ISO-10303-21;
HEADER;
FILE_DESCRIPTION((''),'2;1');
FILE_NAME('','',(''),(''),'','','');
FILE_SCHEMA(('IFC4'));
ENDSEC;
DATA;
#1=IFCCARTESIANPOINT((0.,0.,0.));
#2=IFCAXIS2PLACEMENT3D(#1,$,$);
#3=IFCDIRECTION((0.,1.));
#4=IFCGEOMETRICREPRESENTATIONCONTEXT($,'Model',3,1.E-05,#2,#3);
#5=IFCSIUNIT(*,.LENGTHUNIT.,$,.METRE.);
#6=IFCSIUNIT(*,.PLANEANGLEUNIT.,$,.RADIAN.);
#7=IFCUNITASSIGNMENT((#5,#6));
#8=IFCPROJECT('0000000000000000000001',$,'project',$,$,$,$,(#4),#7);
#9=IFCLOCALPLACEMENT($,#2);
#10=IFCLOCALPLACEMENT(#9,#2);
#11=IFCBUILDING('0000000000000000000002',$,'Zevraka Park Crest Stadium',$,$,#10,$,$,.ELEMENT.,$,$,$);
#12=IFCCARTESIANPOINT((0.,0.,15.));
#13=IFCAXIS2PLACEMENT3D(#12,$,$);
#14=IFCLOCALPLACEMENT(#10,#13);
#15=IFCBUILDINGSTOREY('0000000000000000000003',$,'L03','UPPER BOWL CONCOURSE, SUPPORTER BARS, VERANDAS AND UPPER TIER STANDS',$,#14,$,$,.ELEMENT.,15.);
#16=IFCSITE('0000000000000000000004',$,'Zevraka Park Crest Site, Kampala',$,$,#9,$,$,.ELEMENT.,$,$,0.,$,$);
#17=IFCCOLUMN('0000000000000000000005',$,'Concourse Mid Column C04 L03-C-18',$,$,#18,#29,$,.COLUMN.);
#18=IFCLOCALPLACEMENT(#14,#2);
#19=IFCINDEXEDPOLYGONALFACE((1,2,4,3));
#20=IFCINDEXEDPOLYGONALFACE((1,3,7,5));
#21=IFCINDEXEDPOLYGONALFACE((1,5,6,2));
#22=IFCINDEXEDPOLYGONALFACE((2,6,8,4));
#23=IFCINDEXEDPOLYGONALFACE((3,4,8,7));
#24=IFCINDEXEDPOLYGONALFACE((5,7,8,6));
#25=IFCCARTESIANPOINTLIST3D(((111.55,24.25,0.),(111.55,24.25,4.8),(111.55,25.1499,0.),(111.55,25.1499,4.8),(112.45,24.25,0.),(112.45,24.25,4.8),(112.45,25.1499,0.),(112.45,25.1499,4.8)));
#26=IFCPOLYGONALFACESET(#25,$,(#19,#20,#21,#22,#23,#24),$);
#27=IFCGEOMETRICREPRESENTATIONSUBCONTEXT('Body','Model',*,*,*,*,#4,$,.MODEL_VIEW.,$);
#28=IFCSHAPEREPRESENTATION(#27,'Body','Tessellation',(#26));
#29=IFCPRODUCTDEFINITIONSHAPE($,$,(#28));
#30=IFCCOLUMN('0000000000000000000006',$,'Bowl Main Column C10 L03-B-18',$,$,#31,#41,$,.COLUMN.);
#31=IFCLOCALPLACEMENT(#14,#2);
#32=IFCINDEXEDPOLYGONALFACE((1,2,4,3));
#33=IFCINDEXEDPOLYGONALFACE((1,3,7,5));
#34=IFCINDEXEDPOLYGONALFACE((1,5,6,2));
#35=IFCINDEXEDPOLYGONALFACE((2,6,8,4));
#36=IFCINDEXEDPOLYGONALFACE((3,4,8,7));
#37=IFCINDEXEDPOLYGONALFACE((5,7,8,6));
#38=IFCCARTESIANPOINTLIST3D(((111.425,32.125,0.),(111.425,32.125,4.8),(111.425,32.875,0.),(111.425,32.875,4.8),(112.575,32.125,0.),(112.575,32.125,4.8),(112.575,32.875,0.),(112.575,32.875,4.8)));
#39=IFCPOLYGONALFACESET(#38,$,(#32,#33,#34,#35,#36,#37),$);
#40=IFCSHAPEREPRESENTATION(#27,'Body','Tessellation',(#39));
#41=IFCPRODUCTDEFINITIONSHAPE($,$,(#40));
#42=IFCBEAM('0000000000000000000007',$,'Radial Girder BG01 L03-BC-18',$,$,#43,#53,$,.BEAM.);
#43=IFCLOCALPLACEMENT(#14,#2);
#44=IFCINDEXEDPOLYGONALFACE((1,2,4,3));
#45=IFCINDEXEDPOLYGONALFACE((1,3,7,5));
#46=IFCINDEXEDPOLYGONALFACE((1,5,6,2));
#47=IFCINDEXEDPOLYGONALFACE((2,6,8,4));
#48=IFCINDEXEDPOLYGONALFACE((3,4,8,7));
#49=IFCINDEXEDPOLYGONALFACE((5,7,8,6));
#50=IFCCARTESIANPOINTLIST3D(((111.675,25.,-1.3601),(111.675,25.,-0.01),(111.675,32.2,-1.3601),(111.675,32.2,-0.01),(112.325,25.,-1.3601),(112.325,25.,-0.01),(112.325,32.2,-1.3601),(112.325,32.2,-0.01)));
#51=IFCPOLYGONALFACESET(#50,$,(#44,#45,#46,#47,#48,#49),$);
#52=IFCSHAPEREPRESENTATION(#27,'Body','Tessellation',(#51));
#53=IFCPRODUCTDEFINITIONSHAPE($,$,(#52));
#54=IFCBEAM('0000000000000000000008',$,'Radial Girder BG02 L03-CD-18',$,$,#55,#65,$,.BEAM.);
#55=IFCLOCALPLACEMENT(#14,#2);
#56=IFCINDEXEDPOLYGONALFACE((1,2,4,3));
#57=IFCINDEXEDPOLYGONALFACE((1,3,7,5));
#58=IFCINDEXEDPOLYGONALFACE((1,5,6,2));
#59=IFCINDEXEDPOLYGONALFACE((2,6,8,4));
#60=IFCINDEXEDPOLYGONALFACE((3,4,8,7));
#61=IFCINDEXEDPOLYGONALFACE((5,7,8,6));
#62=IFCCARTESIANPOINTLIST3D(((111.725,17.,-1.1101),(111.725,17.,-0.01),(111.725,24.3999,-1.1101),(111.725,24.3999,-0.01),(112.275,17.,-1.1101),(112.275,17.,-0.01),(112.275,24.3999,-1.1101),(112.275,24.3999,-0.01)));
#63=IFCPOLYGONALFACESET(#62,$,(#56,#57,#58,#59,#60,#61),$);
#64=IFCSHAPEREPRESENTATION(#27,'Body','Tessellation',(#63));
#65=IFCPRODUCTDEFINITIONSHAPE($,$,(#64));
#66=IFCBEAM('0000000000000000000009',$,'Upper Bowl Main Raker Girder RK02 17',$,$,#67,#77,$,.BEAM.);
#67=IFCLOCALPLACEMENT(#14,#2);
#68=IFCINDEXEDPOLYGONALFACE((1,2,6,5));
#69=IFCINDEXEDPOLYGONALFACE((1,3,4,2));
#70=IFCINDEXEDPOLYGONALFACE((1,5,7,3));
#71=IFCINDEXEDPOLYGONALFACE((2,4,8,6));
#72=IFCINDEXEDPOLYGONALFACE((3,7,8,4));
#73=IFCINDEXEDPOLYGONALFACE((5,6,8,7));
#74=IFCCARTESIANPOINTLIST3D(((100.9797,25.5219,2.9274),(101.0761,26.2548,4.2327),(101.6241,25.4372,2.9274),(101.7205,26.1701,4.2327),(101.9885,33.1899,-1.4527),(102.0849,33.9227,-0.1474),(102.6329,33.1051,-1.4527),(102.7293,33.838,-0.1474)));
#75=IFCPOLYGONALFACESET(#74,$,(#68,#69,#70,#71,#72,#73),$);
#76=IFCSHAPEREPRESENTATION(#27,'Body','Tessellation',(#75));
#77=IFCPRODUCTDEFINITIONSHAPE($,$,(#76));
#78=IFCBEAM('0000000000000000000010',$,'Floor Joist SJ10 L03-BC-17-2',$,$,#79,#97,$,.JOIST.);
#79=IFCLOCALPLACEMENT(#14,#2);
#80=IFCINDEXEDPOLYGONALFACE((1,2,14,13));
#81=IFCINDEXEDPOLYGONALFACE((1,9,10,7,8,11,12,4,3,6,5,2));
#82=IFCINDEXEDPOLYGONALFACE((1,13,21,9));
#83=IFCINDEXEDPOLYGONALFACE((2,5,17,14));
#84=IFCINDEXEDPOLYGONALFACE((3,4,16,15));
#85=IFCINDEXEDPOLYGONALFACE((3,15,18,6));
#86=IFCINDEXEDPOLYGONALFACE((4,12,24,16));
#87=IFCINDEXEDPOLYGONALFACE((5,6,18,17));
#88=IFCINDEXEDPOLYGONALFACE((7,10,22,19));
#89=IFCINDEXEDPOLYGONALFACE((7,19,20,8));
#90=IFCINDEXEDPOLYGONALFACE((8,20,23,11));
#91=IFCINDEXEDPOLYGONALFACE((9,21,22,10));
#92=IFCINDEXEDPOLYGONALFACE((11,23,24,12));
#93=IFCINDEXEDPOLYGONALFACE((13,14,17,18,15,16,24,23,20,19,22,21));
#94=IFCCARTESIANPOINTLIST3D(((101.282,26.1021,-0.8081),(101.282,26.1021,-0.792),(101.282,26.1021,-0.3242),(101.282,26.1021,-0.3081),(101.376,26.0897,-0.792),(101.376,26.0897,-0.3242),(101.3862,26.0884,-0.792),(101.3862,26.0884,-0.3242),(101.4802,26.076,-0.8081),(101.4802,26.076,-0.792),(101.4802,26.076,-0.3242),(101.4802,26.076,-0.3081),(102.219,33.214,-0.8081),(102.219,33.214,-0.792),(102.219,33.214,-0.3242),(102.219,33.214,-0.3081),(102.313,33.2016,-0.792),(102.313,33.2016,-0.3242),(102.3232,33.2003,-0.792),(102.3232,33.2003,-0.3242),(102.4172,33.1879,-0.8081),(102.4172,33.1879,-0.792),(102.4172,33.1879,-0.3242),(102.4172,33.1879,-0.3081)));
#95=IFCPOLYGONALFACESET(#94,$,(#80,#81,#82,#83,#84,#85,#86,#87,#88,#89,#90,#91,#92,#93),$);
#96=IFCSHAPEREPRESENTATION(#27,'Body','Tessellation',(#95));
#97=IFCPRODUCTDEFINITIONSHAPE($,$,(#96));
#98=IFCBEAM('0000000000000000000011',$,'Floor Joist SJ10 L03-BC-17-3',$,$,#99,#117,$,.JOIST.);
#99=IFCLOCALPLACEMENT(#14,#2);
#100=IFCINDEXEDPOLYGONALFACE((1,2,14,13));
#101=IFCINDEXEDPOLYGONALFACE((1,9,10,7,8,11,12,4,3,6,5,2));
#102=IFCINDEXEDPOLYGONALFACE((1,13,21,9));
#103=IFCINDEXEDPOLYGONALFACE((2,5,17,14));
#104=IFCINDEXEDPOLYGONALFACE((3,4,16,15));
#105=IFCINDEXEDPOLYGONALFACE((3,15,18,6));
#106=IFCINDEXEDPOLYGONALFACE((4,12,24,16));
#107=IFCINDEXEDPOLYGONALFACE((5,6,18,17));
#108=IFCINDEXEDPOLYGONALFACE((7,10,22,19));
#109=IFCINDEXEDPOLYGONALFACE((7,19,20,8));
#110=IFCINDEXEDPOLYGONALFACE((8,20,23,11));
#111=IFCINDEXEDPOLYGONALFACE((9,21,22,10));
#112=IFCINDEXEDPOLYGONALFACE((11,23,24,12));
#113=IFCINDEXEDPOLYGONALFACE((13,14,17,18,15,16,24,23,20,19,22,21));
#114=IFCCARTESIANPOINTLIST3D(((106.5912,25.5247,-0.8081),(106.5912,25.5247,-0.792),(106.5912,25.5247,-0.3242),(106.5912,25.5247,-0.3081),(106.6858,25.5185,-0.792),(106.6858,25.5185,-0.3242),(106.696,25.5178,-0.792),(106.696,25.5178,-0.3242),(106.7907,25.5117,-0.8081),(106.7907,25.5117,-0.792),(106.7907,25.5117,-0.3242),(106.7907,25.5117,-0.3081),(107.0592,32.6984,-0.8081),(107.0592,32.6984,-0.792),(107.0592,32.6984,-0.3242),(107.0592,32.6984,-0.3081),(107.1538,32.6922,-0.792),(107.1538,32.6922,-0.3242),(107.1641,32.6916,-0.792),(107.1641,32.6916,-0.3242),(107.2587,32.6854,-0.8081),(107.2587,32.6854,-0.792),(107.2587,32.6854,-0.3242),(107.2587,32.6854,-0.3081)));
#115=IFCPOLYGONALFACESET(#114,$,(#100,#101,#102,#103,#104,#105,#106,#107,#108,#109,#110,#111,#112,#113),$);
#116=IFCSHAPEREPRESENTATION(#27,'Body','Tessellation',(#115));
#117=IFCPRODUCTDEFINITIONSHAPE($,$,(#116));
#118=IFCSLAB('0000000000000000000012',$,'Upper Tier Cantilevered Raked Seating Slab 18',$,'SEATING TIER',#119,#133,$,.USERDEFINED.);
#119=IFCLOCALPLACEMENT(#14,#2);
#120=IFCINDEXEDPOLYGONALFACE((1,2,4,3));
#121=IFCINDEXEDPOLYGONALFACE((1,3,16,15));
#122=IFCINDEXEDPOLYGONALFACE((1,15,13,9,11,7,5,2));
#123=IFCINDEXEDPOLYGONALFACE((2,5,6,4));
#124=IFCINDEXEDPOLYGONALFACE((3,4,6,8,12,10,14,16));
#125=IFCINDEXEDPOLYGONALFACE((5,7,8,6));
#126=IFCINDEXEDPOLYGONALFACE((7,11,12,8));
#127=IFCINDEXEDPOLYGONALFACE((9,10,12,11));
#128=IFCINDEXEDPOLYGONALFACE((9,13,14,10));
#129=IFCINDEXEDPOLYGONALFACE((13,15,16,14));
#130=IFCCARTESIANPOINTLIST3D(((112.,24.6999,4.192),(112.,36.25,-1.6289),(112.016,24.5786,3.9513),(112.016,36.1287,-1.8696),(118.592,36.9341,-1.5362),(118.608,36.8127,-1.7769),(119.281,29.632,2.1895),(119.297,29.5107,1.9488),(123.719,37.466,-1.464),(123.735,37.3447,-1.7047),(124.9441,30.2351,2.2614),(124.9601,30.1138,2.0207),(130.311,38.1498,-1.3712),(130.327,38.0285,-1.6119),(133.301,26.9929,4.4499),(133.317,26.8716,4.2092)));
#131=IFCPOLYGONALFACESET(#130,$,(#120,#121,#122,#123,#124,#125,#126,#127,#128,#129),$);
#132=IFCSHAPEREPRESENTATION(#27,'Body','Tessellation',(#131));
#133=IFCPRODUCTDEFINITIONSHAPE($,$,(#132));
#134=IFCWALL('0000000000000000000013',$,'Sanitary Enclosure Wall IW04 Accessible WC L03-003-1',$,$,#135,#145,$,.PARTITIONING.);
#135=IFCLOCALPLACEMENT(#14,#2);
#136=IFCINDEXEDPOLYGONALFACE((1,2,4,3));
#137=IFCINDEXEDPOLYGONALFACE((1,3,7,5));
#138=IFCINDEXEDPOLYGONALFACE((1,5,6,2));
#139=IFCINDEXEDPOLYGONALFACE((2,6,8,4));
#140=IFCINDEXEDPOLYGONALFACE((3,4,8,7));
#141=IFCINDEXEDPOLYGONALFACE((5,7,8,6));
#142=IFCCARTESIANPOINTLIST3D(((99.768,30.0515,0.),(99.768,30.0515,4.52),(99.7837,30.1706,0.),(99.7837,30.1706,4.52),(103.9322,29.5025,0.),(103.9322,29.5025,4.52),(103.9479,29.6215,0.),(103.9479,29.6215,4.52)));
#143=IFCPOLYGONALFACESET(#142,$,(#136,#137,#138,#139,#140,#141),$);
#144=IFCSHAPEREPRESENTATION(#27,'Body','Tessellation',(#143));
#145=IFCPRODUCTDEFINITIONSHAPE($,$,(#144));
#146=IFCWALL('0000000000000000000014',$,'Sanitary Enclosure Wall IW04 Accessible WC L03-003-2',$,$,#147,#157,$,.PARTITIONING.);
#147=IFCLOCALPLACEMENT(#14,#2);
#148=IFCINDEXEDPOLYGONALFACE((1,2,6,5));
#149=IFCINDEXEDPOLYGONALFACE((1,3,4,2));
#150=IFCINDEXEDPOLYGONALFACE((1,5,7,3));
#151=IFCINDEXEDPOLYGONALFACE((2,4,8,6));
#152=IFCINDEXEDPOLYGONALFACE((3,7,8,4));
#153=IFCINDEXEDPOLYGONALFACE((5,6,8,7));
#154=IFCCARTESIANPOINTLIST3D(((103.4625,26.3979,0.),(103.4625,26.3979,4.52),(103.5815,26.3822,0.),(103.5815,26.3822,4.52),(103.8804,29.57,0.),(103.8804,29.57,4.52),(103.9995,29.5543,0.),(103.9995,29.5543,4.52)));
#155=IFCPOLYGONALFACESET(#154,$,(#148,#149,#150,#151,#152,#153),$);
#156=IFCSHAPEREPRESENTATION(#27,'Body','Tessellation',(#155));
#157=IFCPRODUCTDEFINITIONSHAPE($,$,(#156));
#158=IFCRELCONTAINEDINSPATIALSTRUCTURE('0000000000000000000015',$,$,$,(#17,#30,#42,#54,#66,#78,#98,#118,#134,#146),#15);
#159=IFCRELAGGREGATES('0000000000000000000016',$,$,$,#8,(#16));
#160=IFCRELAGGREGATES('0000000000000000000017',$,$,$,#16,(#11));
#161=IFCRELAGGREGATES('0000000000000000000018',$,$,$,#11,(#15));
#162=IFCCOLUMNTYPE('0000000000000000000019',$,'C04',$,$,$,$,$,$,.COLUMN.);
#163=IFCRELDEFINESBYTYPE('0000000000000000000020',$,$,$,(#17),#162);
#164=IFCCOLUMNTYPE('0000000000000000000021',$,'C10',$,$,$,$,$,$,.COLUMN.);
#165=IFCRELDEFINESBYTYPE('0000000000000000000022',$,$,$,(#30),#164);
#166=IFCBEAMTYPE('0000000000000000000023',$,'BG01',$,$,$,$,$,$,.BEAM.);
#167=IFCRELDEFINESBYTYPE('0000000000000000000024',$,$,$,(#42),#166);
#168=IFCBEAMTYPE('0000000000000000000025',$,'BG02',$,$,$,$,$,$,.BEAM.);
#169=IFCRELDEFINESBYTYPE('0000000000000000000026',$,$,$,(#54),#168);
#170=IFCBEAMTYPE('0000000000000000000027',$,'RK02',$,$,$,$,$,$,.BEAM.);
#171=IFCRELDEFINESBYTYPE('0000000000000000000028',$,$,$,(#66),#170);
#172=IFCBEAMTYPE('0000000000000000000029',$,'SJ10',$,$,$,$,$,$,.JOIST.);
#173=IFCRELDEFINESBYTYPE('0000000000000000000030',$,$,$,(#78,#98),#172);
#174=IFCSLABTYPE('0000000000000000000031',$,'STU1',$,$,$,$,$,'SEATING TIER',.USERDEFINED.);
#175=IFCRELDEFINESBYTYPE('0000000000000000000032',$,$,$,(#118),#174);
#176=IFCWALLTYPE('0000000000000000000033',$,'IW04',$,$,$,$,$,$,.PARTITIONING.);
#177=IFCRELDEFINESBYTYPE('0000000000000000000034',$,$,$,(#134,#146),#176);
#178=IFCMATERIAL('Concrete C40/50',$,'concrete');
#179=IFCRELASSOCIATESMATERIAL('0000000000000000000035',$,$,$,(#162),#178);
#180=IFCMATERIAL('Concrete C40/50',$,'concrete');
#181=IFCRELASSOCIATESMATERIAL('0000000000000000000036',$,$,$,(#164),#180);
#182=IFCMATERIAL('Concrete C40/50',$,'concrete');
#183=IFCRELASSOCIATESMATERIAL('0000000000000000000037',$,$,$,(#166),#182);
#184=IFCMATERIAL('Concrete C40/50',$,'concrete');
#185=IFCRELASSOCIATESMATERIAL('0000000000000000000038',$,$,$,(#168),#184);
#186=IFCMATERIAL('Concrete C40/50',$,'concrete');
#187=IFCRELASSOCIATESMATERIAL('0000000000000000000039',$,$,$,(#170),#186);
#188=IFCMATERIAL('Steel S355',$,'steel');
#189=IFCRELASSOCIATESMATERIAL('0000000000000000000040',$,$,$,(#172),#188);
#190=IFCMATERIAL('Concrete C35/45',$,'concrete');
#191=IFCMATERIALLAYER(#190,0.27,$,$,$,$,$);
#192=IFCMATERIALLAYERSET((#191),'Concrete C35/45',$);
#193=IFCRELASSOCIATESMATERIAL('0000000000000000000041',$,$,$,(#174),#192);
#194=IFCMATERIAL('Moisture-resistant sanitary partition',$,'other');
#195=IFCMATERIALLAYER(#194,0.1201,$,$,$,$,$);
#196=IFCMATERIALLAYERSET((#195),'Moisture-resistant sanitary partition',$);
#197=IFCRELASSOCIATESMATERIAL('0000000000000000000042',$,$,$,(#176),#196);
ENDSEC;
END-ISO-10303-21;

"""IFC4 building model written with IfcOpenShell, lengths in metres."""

from ifc_helpers import new_model, si_unit, direction, frame, frame_2d, origin, origin_2d, place, context, subcontext, project, spatial, polyline, rectangle, i_section, outline, extrude, material, layer, layer_set, material_profile, profile_set, type_object, element, save


model = new_model("IFC4")

# Units and contexts
model_context = context("Model", 3, precision=1e-05, world=origin(), true_north=direction((0.0, 1.0)))
body_context = subcontext(model_context, "Body", "Model", "MODEL_VIEW")
ifc_project = project(units=[si_unit("LENGTHUNIT", "METRE"), si_unit("PLANEANGLEUNIT", "RADIAN")], contexts=[model_context])

# Site, building, storey
site_placement = place(None, origin())
site = spatial("IfcSite", under=ifc_project, at=site_placement, Name="Zevraka Park Crest Site, Kampala", CompositionType="ELEMENT", RefElevation=0.0)
building_placement = place(site_placement, origin())
building = spatial("IfcBuilding", under=site, at=building_placement, Name="Zevraka Park Crest Stadium", CompositionType="ELEMENT")
storey_placement = place(building_placement, frame((0.0, 0.0, 15.0)))
storey = spatial("IfcBuildingStorey", under=building, at=storey_placement, Name="L03", Description="UPPER BOWL CONCOURSE, SUPPORTER BARS, VERANDAS AND UPPER TIER STANDS", CompositionType="ELEMENT", Elevation=15.0)

# Columns
ifc_material_1 = material(Name="Concrete C40/50", Category="concrete")
ifc_material_profile_1 = material_profile(ifc_material_1, rectangle(XDim=0.8999, YDim=0.8999, at=origin_2d()), Name="RC 900x900")
ifc_profile_set_1 = profile_set([ifc_material_profile_1], Name="Concrete C40/50")
column_type_1 = type_object("IfcColumnType", Name="C04", PredefinedType="COLUMN", material=ifc_profile_set_1)
column_1_placement = place(storey_placement, frame((112.0, 24.7, 0.0), z_axis=(0.0, 0.0, 1.0), x_axis=(0.0, 1.0, 0.0)))
element("IfcColumn", 1, at=column_1_placement, inside=storey, type_object=column_type_1, Name="Concourse Mid Column C04 L03-C-18", PredefinedType="COLUMN", context=body_context, shape_type="SweptSolid", body=[
    extrude(rectangle(XDim=0.8999, YDim=0.8999, at=origin_2d()), origin(), (0.0, 0.0, 1.0), 4.8),
])
ifc_material_2 = material(Name="Concrete C40/50", Category="concrete")
ifc_material_profile_2 = material_profile(ifc_material_2, rectangle(XDim=0.75, YDim=1.1499, at=origin_2d()), Name="RC 1150x750")
ifc_profile_set_2 = profile_set([ifc_material_profile_2], Name="Concrete C40/50")
column_type_2 = type_object("IfcColumnType", Name="C10", PredefinedType="COLUMN", material=ifc_profile_set_2)
column_2_placement = place(storey_placement, frame((112.0, 32.5, 0.0), z_axis=(0.0, 0.0, 1.0), x_axis=(0.0, 1.0, 0.0)))
element("IfcColumn", 2, at=column_2_placement, inside=storey, type_object=column_type_2, Name="Bowl Main Column C10 L03-B-18", PredefinedType="COLUMN", context=body_context, shape_type="SweptSolid", body=[
    extrude(rectangle(XDim=0.75, YDim=1.1499, at=origin_2d()), origin(), (0.0, 0.0, 1.0), 4.8),
])

# Beams
ifc_material_3 = material(Name="Concrete C40/50", Category="concrete")
ifc_material_profile_3 = material_profile(ifc_material_3, rectangle(XDim=0.6499, YDim=1.3501, at=origin_2d()), Name="RC 1350x650")
ifc_profile_set_3 = profile_set([ifc_material_profile_3], Name="Concrete C40/50")
beam_type_1 = type_object("IfcBeamType", Name="BG01", PredefinedType="BEAM", material=ifc_profile_set_3)
beam_1_placement = place(storey_placement, frame((112.0, 32.2, -0.6851), z_axis=(0.0, -1.0, 0.0), x_axis=(1.0, 0.0, 0.0)))
element("IfcBeam", 3, at=beam_1_placement, inside=storey, type_object=beam_type_1, Name="Radial Girder BG01 L03-BC-18", PredefinedType="BEAM", context=body_context, shape_type="SweptSolid", body=[
    extrude(rectangle(XDim=0.6499, YDim=1.3501, at=origin_2d()), origin(), (0.0, 0.0, 1.0), 7.2),
])
ifc_material_4 = material(Name="Concrete C40/50", Category="concrete")
ifc_material_profile_4 = material_profile(ifc_material_4, rectangle(XDim=0.55, YDim=1.1001, at=origin_2d()), Name="RC 1100x550")
ifc_profile_set_4 = profile_set([ifc_material_profile_4], Name="Concrete C40/50")
beam_type_2 = type_object("IfcBeamType", Name="BG02", PredefinedType="BEAM", material=ifc_profile_set_4)
beam_2_placement = place(storey_placement, frame((112.0, 24.3999, -0.5601), z_axis=(0.0, -1.0, 0.0), x_axis=(1.0, 0.0, 0.0)))
element("IfcBeam", 4, at=beam_2_placement, inside=storey, type_object=beam_type_2, Name="Radial Girder BG02 L03-CD-18", PredefinedType="BEAM", context=body_context, shape_type="SweptSolid", body=[
    extrude(rectangle(XDim=0.55, YDim=1.1001, at=origin_2d()), origin(), (0.0, 0.0, 1.0), 7.3999),
])
ifc_material_5 = material(Name="Concrete C40/50", Category="concrete")
ifc_material_profile_5 = material_profile(ifc_material_5, rectangle(XDim=0.6499, YDim=1.5, at=origin_2d()), Name="RC 1500x650")
ifc_profile_set_5 = profile_set([ifc_material_profile_5], Name="Concrete C40/50")
beam_type_3 = type_object("IfcBeamType", Name="RK02", PredefinedType="BEAM", material=ifc_profile_set_5)
beam_3_placement = place(storey_placement, frame((102.3589, 33.5139, -0.8), z_axis=(-0.113497, -0.862709, 0.4928), x_axis=(0.991457, -0.130435, 0.0)))
element("IfcBeam", 5, at=beam_3_placement, inside=storey, type_object=beam_type_3, Name="Upper Bowl Main Raker Girder RK02 17", PredefinedType="BEAM", context=body_context, shape_type="SweptSolid", body=[
    extrude(rectangle(XDim=0.6499, YDim=1.5, at=origin_2d()), origin(), (0.0, 0.0, 1.0), 8.8882),
])
ifc_material_6 = material(Name="Steel S355", Category="steel")
ifc_material_profile_6 = material_profile(ifc_material_6, i_section(OverallWidth=0.2, OverallDepth=0.5, WebThickness=0.0103, FlangeThickness=0.0161, at=origin_2d()), Name="IPE 500")
ifc_profile_set_6 = profile_set([ifc_material_profile_6], Name="Steel S355")
beam_type_4 = type_object("IfcBeamType", Name="SJ10", PredefinedType="JOIST", material=ifc_profile_set_6)
beam_4_placement = place(storey_placement, frame((102.3181, 33.2009, -0.5581), z_axis=(-0.130625, -0.991432, 0.0), x_axis=(0.991432, -0.130625, 0.0)))
element("IfcBeam", 6, at=beam_4_placement, inside=storey, type_object=beam_type_4, Name="Floor Joist SJ10 L03-BC-17-2", PredefinedType="JOIST", context=body_context, shape_type="SweptSolid", body=[
    extrude(i_section(OverallWidth=0.2, OverallDepth=0.5, WebThickness=0.0103, FlangeThickness=0.0161, at=origin_2d()), origin(), (0.0, 0.0, 1.0), 7.1733),
])
beam_5_placement = place(storey_placement, frame((107.1589, 32.6919, -0.5581), z_axis=(-0.065101, -0.997879, 0.0), x_axis=(0.997879, -0.065101, 0.0)))
element("IfcBeam", 7, at=beam_5_placement, inside=storey, type_object=beam_type_4, Name="Floor Joist SJ10 L03-BC-17-3", PredefinedType="JOIST", context=body_context, shape_type="SweptSolid", body=[
    extrude(i_section(OverallWidth=0.2, OverallDepth=0.5, WebThickness=0.0103, FlangeThickness=0.0161, at=origin_2d()), origin(), (0.0, 0.0, 1.0), 7.189),
])

# Slab
ifc_material_7 = material(Name="Concrete C35/45", Category="concrete")
ifc_layer_1 = layer(ifc_material_7, 0.27)
ifc_layer_set_1 = layer_set([ifc_layer_1], Name="Concrete C35/45")
slab_type = type_object("IfcSlabType", Name="STU1", ElementType="SEATING TIER", PredefinedType="USERDEFINED", material=ifc_layer_set_1)
slab_placement = place(storey_placement, frame((112.0, 36.25, -1.6289), z_axis=(-0.059157, 0.449257, 0.891442), x_axis=(0.994562, 0.103205, 0.013988)))
element("IfcSlab", 8, at=slab_placement, inside=storey, type_object=slab_type, Name="Upper Tier Cantilevered Raked Seating Slab 18", ObjectType="SEATING TIER", PredefinedType="USERDEFINED", context=body_context, shape_type="SweptSolid", body=[
    extrude(outline(polyline([(0.0, 0.0), (6.6281, 0.0), (6.6118, -8.2265), (12.3074, -8.2093), (11.7831, -0.0001), (18.4111, -0.0003), (20.3148, -12.794), (-1.1106, -12.8862), (0.0, 0.0)])), origin(), (0.0, 0.0, -1.0), 0.27),
])

# Walls
ifc_material_8 = material(Name="Moisture-resistant sanitary partition", Category="other")
ifc_layer_2 = layer(ifc_material_8, 0.1201)
ifc_layer_set_2 = layer_set([ifc_layer_2], Name="Moisture-resistant sanitary partition")
wall_type_1 = type_object("IfcWallType", Name="IW04", PredefinedType="PARTITIONING", material=ifc_layer_set_2)
wall_1_placement = place(storey_placement, frame((99.7759, 30.1111, 0.0), z_axis=(0.0, 0.0, 1.0), x_axis=(0.991418, -0.130728, 0.0)))
element("IfcWall", 9, at=wall_1_placement, inside=storey, type_object=wall_type_1, Name="Sanitary Enclosure Wall IW04 Accessible WC L03-003-1", PredefinedType="PARTITIONING", context=body_context, shape_type="SweptSolid", body=[
    extrude(rectangle(XDim=4.2002, YDim=0.1201, at=frame_2d((2.1001, 0.0))), origin(), (0.0, 0.0, 1.0), 4.52),
])
wall_2_placement = place(storey_placement, frame((103.9399, 29.562, 0.0), z_axis=(0.0, 0.0, 1.0), x_axis=(-0.130634, -0.991431, 0.0)))
element("IfcWall", 10, at=wall_2_placement, inside=storey, type_object=wall_type_1, Name="Sanitary Enclosure Wall IW04 Accessible WC L03-003-2", PredefinedType="PARTITIONING", context=body_context, shape_type="SweptSolid", body=[
    extrude(rectangle(XDim=3.1995, YDim=0.1201, at=frame_2d((1.5996, 0.0))), origin(), (0.0, 0.0, 1.0), 4.52),
])

save(model, "model.ifc")
